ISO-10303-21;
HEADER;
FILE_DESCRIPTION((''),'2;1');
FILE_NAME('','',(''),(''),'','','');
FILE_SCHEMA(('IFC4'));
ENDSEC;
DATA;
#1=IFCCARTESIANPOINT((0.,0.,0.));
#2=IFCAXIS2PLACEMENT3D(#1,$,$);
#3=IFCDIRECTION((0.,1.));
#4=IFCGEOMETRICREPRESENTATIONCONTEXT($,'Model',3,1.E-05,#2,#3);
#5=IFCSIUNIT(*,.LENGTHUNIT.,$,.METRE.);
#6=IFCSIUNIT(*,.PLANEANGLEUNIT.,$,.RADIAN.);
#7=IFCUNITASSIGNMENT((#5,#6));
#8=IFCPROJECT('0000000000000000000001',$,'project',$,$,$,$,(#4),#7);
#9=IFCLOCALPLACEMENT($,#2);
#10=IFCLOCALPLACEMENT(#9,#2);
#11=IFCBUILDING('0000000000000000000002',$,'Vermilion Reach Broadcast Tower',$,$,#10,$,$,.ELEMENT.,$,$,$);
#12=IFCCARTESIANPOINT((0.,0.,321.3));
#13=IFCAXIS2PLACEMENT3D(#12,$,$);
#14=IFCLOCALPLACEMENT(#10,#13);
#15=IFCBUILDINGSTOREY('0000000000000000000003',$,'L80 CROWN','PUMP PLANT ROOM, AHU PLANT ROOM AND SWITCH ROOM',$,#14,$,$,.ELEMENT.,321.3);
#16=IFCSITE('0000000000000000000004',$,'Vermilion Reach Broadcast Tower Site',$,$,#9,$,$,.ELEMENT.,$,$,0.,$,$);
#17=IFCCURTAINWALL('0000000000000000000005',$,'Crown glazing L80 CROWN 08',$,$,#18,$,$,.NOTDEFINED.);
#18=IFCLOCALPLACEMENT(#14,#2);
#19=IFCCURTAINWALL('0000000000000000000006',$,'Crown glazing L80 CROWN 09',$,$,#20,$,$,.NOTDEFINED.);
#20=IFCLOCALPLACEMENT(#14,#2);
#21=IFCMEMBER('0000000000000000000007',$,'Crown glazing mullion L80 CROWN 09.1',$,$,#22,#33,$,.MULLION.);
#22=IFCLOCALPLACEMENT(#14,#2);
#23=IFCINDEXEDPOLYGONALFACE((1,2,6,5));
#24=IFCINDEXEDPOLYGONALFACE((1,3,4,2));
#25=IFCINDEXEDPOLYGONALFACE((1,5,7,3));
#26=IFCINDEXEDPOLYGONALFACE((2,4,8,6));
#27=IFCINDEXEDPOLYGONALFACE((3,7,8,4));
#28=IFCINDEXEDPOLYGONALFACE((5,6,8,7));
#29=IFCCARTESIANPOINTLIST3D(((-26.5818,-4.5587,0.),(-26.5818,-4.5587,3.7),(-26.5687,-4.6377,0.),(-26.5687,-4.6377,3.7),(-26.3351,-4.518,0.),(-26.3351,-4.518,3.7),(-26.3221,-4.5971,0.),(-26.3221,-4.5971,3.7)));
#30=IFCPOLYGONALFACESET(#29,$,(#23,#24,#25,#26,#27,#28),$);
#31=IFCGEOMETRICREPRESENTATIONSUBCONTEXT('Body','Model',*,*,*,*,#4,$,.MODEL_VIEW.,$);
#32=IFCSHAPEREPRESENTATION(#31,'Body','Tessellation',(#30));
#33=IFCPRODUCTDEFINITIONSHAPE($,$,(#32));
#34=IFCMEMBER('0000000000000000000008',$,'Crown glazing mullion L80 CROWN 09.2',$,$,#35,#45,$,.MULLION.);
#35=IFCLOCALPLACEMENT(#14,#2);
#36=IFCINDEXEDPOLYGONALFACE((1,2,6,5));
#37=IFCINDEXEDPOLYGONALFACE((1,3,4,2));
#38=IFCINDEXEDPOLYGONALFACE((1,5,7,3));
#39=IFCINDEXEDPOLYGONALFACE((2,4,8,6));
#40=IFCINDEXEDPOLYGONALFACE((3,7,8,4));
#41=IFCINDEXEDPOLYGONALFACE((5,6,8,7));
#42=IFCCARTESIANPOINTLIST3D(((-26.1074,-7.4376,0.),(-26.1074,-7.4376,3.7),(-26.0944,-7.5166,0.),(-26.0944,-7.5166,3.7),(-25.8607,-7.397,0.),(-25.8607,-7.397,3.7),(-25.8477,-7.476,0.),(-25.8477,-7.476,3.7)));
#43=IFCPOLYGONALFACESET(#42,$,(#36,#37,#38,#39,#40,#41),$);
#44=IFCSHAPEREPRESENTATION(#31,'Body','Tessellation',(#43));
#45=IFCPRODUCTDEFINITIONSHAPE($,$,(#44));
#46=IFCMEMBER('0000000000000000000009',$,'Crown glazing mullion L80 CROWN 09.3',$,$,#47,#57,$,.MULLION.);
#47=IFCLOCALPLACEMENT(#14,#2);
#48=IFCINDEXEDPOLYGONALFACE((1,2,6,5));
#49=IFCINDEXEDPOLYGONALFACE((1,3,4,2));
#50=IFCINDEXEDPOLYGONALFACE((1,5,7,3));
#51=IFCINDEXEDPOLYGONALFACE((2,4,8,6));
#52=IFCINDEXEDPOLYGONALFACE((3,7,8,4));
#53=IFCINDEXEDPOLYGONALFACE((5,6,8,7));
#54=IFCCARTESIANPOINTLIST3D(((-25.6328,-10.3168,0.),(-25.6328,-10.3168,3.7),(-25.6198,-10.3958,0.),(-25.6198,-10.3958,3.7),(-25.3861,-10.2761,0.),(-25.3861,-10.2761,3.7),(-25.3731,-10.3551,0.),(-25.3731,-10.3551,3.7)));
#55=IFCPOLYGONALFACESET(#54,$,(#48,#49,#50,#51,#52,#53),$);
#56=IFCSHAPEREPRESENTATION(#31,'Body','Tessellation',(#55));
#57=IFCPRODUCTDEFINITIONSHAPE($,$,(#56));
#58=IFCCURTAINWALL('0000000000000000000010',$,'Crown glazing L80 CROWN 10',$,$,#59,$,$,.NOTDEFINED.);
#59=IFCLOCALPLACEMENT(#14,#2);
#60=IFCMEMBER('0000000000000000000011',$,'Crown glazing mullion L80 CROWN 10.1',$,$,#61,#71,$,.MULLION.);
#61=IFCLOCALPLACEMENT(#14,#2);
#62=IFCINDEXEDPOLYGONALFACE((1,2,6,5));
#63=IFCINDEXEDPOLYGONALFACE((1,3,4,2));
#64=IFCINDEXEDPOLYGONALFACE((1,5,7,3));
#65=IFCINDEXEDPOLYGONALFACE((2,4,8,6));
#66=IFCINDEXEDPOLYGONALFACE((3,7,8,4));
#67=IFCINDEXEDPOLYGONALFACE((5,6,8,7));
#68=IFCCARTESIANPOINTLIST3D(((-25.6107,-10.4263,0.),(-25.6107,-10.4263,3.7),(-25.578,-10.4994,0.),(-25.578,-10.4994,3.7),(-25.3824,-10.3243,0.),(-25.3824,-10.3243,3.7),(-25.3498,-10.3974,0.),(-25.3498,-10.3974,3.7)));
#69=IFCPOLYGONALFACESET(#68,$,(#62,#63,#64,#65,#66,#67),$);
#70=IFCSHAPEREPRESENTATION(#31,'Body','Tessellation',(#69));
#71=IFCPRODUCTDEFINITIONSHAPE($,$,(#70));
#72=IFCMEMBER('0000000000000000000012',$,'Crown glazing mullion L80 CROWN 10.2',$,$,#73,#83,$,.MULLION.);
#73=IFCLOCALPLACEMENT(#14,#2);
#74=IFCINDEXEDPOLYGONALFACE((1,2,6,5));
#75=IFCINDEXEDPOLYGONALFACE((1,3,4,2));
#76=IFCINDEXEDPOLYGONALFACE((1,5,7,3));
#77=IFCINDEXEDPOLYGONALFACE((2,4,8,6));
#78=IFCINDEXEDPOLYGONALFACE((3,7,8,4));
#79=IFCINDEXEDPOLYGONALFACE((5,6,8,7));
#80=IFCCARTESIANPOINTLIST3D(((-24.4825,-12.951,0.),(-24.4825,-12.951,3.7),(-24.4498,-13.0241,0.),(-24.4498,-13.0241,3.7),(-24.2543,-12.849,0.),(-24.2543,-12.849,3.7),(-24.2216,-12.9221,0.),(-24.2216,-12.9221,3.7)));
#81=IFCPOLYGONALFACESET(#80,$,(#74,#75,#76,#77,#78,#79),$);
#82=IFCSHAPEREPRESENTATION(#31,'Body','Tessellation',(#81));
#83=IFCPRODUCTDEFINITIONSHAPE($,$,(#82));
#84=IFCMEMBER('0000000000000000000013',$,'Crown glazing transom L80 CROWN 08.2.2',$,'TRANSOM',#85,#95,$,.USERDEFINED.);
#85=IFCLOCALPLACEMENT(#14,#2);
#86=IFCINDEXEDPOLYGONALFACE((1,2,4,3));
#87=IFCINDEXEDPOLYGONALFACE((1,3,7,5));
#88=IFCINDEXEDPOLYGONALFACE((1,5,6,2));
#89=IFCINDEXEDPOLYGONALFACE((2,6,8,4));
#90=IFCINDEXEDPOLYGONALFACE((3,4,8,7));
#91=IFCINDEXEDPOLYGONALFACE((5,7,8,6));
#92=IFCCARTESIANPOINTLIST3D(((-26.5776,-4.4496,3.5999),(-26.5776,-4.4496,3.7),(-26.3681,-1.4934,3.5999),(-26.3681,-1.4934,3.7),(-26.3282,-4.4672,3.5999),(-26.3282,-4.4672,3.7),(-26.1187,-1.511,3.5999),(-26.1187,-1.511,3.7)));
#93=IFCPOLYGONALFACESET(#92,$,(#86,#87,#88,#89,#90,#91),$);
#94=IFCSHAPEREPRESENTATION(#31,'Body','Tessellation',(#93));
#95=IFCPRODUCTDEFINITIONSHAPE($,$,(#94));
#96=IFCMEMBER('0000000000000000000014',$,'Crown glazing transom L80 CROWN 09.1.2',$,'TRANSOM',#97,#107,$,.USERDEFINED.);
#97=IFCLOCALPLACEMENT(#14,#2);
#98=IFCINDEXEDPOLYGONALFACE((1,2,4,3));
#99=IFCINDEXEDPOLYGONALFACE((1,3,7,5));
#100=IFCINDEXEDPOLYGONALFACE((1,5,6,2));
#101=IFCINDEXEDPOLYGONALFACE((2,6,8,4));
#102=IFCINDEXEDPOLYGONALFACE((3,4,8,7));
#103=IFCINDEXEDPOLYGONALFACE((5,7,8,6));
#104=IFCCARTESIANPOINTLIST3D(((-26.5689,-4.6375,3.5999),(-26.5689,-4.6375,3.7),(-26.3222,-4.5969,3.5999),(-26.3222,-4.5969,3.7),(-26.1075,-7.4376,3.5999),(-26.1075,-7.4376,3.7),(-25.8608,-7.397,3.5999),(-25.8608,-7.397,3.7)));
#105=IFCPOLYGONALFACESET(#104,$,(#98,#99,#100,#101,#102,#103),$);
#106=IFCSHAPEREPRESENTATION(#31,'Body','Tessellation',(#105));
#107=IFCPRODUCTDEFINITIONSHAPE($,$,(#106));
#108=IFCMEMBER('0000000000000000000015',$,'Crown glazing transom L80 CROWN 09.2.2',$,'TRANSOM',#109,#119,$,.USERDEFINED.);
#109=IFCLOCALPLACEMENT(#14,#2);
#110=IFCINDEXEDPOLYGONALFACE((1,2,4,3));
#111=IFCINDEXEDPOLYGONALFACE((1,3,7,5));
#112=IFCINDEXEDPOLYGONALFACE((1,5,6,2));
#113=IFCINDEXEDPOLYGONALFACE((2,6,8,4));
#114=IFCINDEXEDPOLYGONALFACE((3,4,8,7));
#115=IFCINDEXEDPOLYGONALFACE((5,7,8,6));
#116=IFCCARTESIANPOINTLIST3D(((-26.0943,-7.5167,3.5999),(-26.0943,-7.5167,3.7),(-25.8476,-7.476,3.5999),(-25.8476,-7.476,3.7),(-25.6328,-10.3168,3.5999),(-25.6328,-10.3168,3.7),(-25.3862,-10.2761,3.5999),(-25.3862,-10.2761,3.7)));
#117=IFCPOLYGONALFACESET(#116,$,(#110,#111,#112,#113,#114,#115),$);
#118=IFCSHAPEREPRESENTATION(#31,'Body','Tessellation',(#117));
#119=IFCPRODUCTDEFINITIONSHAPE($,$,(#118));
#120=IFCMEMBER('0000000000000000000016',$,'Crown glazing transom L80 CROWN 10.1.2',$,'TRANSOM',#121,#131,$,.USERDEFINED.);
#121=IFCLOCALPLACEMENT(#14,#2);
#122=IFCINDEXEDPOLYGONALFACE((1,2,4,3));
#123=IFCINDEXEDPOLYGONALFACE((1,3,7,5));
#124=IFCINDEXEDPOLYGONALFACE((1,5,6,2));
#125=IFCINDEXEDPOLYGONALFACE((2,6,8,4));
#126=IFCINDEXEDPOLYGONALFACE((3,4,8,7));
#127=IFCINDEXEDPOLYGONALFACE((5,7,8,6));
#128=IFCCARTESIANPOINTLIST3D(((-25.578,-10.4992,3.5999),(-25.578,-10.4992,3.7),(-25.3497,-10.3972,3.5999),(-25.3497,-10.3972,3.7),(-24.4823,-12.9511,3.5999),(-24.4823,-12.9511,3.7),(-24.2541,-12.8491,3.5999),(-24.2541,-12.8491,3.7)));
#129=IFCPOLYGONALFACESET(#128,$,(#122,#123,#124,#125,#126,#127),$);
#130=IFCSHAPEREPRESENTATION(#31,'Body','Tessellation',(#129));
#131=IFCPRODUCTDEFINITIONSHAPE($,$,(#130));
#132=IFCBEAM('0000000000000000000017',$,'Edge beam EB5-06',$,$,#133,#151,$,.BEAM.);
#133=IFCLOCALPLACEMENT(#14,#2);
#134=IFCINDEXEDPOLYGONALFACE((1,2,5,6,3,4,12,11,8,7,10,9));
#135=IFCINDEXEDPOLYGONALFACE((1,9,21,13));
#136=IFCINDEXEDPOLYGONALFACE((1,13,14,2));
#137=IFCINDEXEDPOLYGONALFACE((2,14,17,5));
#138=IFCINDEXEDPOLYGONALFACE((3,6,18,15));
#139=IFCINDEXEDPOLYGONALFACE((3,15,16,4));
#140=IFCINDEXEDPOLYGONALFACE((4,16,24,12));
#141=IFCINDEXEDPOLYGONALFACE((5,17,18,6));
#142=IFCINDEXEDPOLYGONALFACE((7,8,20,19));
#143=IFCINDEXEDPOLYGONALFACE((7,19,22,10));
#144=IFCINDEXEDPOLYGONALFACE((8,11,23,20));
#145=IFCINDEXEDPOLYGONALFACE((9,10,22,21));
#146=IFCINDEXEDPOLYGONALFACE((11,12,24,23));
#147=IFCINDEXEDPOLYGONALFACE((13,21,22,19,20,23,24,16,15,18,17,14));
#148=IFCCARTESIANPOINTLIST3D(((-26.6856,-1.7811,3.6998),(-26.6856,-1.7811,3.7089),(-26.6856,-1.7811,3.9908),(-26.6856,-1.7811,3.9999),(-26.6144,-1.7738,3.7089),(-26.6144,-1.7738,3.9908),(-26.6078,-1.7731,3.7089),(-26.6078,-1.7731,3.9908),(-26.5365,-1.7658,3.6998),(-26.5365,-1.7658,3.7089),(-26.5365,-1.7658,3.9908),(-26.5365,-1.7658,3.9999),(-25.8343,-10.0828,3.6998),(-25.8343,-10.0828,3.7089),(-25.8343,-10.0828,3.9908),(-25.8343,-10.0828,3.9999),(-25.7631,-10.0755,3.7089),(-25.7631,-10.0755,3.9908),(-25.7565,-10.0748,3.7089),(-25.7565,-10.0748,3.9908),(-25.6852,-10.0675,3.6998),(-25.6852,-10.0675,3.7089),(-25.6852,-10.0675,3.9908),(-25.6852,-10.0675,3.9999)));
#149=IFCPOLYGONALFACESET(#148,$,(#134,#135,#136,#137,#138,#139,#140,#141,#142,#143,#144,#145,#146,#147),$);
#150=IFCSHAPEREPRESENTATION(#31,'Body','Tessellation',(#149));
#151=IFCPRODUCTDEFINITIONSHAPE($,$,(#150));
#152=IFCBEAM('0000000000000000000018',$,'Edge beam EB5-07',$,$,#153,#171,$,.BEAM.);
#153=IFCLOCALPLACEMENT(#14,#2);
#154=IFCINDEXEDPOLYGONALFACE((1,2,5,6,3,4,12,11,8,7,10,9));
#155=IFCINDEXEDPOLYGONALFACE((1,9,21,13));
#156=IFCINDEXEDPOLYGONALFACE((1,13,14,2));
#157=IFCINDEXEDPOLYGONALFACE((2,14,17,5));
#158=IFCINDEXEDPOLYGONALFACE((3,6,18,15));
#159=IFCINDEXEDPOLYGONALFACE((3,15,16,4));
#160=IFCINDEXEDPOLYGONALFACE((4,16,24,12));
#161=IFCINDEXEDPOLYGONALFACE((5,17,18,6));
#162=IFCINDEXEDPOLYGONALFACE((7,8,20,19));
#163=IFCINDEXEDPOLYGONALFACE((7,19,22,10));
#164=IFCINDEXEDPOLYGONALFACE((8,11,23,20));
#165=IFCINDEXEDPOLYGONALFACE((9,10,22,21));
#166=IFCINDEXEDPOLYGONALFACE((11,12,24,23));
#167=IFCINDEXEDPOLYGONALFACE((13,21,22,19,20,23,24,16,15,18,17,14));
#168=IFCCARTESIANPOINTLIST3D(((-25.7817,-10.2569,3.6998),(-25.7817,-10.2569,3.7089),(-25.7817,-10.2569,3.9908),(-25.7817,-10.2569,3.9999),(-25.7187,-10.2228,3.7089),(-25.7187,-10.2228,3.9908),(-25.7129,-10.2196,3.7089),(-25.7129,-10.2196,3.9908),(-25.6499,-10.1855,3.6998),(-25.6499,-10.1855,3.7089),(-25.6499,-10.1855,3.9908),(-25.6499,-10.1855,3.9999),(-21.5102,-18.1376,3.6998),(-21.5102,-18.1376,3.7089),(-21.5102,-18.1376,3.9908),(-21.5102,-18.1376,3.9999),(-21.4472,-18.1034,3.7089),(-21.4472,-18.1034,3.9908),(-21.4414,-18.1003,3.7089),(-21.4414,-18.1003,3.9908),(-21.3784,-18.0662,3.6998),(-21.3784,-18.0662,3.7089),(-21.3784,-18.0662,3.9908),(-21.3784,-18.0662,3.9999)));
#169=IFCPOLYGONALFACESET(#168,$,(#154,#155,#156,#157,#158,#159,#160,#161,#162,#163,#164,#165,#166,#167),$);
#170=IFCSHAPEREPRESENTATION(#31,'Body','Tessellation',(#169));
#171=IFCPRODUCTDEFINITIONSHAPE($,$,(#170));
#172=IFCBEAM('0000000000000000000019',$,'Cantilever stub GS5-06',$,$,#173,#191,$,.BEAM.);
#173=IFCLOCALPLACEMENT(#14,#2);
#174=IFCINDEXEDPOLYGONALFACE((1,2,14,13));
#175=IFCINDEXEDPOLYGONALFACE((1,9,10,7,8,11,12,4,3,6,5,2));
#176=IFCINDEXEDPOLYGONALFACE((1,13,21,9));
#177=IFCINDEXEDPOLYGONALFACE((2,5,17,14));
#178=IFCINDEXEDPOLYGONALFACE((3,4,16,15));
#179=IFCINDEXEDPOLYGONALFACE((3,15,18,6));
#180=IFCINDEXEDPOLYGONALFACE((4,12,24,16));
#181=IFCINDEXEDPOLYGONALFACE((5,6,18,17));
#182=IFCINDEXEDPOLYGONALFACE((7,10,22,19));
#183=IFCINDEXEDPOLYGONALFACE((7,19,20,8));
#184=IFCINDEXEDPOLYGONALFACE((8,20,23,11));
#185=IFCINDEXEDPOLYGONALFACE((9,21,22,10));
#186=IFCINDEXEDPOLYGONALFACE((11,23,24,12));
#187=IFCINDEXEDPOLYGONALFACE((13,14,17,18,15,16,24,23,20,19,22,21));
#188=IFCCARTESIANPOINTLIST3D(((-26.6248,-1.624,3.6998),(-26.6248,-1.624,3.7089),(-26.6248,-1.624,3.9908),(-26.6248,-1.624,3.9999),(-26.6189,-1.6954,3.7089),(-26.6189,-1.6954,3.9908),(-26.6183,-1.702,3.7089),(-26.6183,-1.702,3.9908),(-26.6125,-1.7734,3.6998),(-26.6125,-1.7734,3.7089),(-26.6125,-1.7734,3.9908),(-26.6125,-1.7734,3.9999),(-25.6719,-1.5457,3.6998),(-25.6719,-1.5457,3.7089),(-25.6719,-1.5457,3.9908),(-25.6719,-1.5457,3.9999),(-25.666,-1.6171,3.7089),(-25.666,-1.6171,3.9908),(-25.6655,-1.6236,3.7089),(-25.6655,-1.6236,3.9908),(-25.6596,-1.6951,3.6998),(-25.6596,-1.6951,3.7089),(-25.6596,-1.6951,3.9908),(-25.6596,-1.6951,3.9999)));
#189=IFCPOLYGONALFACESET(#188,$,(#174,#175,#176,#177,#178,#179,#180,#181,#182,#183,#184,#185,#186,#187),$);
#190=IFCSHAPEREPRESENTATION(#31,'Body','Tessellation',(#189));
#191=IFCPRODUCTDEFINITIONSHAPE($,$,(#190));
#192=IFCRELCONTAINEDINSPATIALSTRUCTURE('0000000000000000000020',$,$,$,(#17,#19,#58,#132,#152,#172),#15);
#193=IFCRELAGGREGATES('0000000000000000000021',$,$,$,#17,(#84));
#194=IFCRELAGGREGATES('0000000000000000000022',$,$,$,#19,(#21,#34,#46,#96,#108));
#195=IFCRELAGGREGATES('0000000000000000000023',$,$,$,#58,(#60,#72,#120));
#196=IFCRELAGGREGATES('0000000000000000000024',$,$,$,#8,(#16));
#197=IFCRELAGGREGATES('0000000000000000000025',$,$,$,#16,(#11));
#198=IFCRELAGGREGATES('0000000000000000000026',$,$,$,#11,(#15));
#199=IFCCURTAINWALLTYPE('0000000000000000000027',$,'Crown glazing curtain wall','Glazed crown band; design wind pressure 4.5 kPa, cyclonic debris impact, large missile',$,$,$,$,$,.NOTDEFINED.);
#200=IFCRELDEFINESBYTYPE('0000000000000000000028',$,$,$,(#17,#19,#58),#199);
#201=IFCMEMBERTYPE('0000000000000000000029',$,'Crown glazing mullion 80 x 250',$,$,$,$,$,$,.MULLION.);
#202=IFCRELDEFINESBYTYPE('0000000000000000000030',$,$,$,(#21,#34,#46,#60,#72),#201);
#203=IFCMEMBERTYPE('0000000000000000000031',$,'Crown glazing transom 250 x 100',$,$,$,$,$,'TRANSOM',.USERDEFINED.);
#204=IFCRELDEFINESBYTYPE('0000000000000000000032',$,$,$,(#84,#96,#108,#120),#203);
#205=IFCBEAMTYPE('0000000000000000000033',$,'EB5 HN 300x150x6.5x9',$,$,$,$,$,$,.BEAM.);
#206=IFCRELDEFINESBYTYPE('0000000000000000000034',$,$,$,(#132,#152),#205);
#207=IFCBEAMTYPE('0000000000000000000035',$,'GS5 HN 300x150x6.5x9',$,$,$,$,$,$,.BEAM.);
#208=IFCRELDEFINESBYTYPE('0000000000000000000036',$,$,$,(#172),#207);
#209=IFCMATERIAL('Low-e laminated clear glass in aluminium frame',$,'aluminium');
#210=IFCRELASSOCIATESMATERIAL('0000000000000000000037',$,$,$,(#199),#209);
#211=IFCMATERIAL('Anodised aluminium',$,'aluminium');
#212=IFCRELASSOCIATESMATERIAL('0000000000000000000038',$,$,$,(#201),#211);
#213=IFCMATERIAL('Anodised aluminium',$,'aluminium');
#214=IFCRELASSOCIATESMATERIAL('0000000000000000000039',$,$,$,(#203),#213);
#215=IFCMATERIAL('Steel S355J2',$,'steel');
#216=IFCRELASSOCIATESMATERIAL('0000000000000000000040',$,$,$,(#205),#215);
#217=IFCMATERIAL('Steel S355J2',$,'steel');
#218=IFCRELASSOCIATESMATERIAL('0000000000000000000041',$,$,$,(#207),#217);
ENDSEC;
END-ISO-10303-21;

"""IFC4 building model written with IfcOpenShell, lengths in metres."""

from ifc_helpers import new_model, si_unit, direction, frame, origin, origin_2d, place, context, subcontext, project, spatial, rectangle, i_section, extrude, material, material_profile, profile_set, type_object, element, aggregate, save


model = new_model("IFC4")

# Units and contexts
model_context = context("Model", 3, precision=1e-05, world=origin(), true_north=direction((0.0, 1.0)))
body_context = subcontext(model_context, "Body", "Model", "MODEL_VIEW")
ifc_project = project(units=[si_unit("LENGTHUNIT", "METRE"), si_unit("PLANEANGLEUNIT", "RADIAN")], contexts=[model_context])

# Site, building, storey
site_placement = place(None, origin())
site = spatial("IfcSite", under=ifc_project, at=site_placement, Name="Vermilion Reach Broadcast Tower Site", CompositionType="ELEMENT", RefElevation=0.0)
building_placement = place(site_placement, origin())
building = spatial("IfcBuilding", under=site, at=building_placement, Name="Vermilion Reach Broadcast Tower", CompositionType="ELEMENT")
storey_placement = place(building_placement, frame((0.0, 0.0, 321.3)))
storey = spatial("IfcBuildingStorey", under=building, at=storey_placement, Name="L80 CROWN", Description="PUMP PLANT ROOM, AHU PLANT ROOM AND SWITCH ROOM", CompositionType="ELEMENT", Elevation=321.3)

# Curtain walls, members
ifc_material_1 = material(Name="Low-e laminated clear glass in aluminium frame", Category="aluminium")
curtain_wall_type = type_object("IfcCurtainWallType", Name="Crown glazing curtain wall", Description="Glazed crown band; design wind pressure 4.5 kPa, cyclonic debris impact, large missile", PredefinedType="NOTDEFINED", material=ifc_material_1)
placement = place(storey_placement, origin())
curtain_wall_1 = element("IfcCurtainWall", 1, at=placement, inside=storey, type_object=curtain_wall_type, Name="Crown glazing L80 CROWN 08", PredefinedType="NOTDEFINED")
ifc_material_2 = material(Name="Anodised aluminium", Category="aluminium")
ifc_material_profile_1 = material_profile(ifc_material_2, rectangle(XDim=0.25, YDim=0.0801, at=origin_2d()), Name="Crown glazing mullion 80 x 250")
ifc_profile_set_1 = profile_set([ifc_material_profile_1], Name="Anodised aluminium")
member_type_1 = type_object("IfcMemberType", Name="Crown glazing mullion 80 x 250", PredefinedType="MULLION", material=ifc_profile_set_1)
curtain_wall_2 = element("IfcCurtainWall", 2, at=placement, inside=storey, type_object=curtain_wall_type, Name="Crown glazing L80 CROWN 09", PredefinedType="NOTDEFINED")
member_1_placement = place(storey_placement, frame((-26.4519, -4.5779, 0.0), z_axis=(0.0, 0.0, 1.0), x_axis=(0.986689, 0.162618, 0.0)))
member_1 = element("IfcMember", 3, at=member_1_placement, type_object=member_type_1, Name="Crown glazing mullion L80 CROWN 09.1", PredefinedType="MULLION", context=body_context, shape_type="SweptSolid", body=[
    extrude(rectangle(XDim=0.25, YDim=0.0801, at=origin_2d()), origin(), (0.0, 0.0, 1.0), 3.7),
])
member_2_placement = place(storey_placement, frame((-25.9775, -7.4568, 0.0), z_axis=(0.0, 0.0, 1.0), x_axis=(0.986689, 0.162618, 0.0)))
member_2 = element("IfcMember", 4, at=member_2_placement, type_object=member_type_1, Name="Crown glazing mullion L80 CROWN 09.2", PredefinedType="MULLION", context=body_context, shape_type="SweptSolid", body=[
    extrude(rectangle(XDim=0.25, YDim=0.0801, at=origin_2d()), origin(), (0.0, 0.0, 1.0), 3.7),
])
member_3_placement = place(storey_placement, frame((-25.5029, -10.3359, 0.0), z_axis=(0.0, 0.0, 1.0), x_axis=(0.986689, 0.162618, 0.0)))
member_3 = element("IfcMember", 5, at=member_3_placement, type_object=member_type_1, Name="Crown glazing mullion L80 CROWN 09.3", PredefinedType="MULLION", context=body_context, shape_type="SweptSolid", body=[
    extrude(rectangle(XDim=0.25, YDim=0.0801, at=origin_2d()), origin(), (0.0, 0.0, 1.0), 3.7),
])
curtain_wall_3 = element("IfcCurtainWall", 6, at=placement, inside=storey, type_object=curtain_wall_type, Name="Crown glazing L80 CROWN 10", PredefinedType="NOTDEFINED")
member_4_placement = place(storey_placement, frame((-25.4802, -10.4119, 0.0), z_axis=(0.0, 0.0, 1.0), x_axis=(0.912989, 0.407985, 0.0)))
member_4 = element("IfcMember", 7, at=member_4_placement, type_object=member_type_1, Name="Crown glazing mullion L80 CROWN 10.1", PredefinedType="MULLION", context=body_context, shape_type="SweptSolid", body=[
    extrude(rectangle(XDim=0.25, YDim=0.0801, at=origin_2d()), origin(), (0.0, 0.0, 1.0), 3.7),
])
member_5_placement = place(storey_placement, frame((-24.3521, -12.9365, 0.0), z_axis=(0.0, 0.0, 1.0), x_axis=(0.912989, 0.407985, 0.0)))
member_5 = element("IfcMember", 8, at=member_5_placement, type_object=member_type_1, Name="Crown glazing mullion L80 CROWN 10.2", PredefinedType="MULLION", context=body_context, shape_type="SweptSolid", body=[
    extrude(rectangle(XDim=0.25, YDim=0.0801, at=origin_2d()), origin(), (0.0, 0.0, 1.0), 3.7),
])

# Members
ifc_material_3 = material(Name="Anodised aluminium", Category="aluminium")
ifc_material_profile_2 = material_profile(ifc_material_3, rectangle(XDim=0.25, YDim=0.1001, at=origin_2d()), Name="Crown glazing transom 250 x 100")
ifc_profile_set_2 = profile_set([ifc_material_profile_2], Name="Anodised aluminium")
member_type_2 = type_object("IfcMemberType", Name="Crown glazing transom 250 x 100", ElementType="TRANSOM", PredefinedType="USERDEFINED", material=ifc_profile_set_2)
member_6_placement = place(storey_placement, frame((-26.2434, -1.5022, 3.6499), z_axis=(-0.070679, -0.997499, 0.0), x_axis=(0.997499, -0.070679, 0.0)))
member_6 = element("IfcMember", 9, at=member_6_placement, type_object=member_type_2, Name="Crown glazing transom L80 CROWN 08.2.2", ObjectType="TRANSOM", PredefinedType="USERDEFINED", context=body_context, shape_type="SweptSolid", body=[
    extrude(rectangle(XDim=0.25, YDim=0.1001, at=origin_2d()), origin(), (0.0, 0.0, 1.0), 2.9636),
])
member_7_placement = place(storey_placement, frame((-26.4456, -4.6172, 3.6499), z_axis=(0.162599, -0.986692, 0.0), x_axis=(0.986692, 0.162599, 0.0)))
member_7 = element("IfcMember", 10, at=member_7_placement, type_object=member_type_2, Name="Crown glazing transom L80 CROWN 09.1.2", ObjectType="TRANSOM", PredefinedType="USERDEFINED", context=body_context, shape_type="SweptSolid", body=[
    extrude(rectangle(XDim=0.25, YDim=0.1001, at=origin_2d()), origin(), (0.0, 0.0, 1.0), 2.8379),
])
member_8_placement = place(storey_placement, frame((-25.9709, -7.4963, 3.6499), z_axis=(0.162599, -0.986692, 0.0), x_axis=(0.986692, 0.162599, 0.0)))
member_8 = element("IfcMember", 11, at=member_8_placement, type_object=member_type_2, Name="Crown glazing transom L80 CROWN 09.2.2", ObjectType="TRANSOM", PredefinedType="USERDEFINED", context=body_context, shape_type="SweptSolid", body=[
    extrude(rectangle(XDim=0.25, YDim=0.1001, at=origin_2d()), origin(), (0.0, 0.0, 1.0), 2.8379),
])
member_9_placement = place(storey_placement, frame((-25.4639, -10.4482, 3.6499), z_axis=(0.407993, -0.912985, 0.0), x_axis=(0.912985, 0.407993, 0.0)))
member_9 = element("IfcMember", 12, at=member_9_placement, type_object=member_type_2, Name="Crown glazing transom L80 CROWN 10.1.2", ObjectType="TRANSOM", PredefinedType="USERDEFINED", context=body_context, shape_type="SweptSolid", body=[
    extrude(rectangle(XDim=0.25, YDim=0.1001, at=origin_2d()), origin(), (0.0, 0.0, 1.0), 2.6855),
])

# Beams
ifc_material_4 = material(Name="Steel S355J2", Category="steel")
ifc_material_profile_3 = material_profile(ifc_material_4, i_section(OverallWidth=0.1499, OverallDepth=0.3, WebThickness=0.0066, FlangeThickness=0.009, at=origin_2d()), Name="S355J2 HN 300x150x6.5x9")
ifc_profile_set_3 = profile_set([ifc_material_profile_3], Name="Steel S355J2")
beam_type_1 = type_object("IfcBeamType", Name="EB5 HN 300x150x6.5x9", PredefinedType="BEAM", material=ifc_profile_set_3)
beam_1_placement = place(storey_placement, frame((-26.6111, -1.7734, 3.8499), z_axis=(0.102012, -0.994783, 0.0), x_axis=(0.994783, 0.102012, 0.0)))
element("IfcBeam", 13, at=beam_1_placement, inside=storey, type_object=beam_type_1, Name="Edge beam EB5-06", PredefinedType="BEAM", context=body_context, shape_type="SweptSolid", body=[
    extrude(i_section(OverallWidth=0.1499, OverallDepth=0.3, WebThickness=0.0066, FlangeThickness=0.009, at=origin_2d()), origin(), (0.0, 0.0, 1.0), 8.3452),
])
beam_2_placement = place(storey_placement, frame((-25.7158, -10.2212, 3.8499), z_axis=(0.476526, -0.87916, 0.0), x_axis=(0.87916, 0.476526, 0.0)))
element("IfcBeam", 14, at=beam_2_placement, inside=storey, type_object=beam_type_1, Name="Edge beam EB5-07", PredefinedType="BEAM", context=body_context, shape_type="SweptSolid", body=[
    extrude(i_section(OverallWidth=0.1499, OverallDepth=0.3, WebThickness=0.0066, FlangeThickness=0.009, at=origin_2d()), origin(), (0.0, 0.0, 1.0), 8.9639),
])
ifc_material_5 = material(Name="Steel S355J2", Category="steel")
ifc_material_profile_4 = material_profile(ifc_material_5, i_section(OverallWidth=0.1499, OverallDepth=0.3, WebThickness=0.0066, FlangeThickness=0.009, at=origin_2d()), Name="S355J2 HN 300x150x6.5x9")
ifc_profile_set_4 = profile_set([ifc_material_profile_4], Name="Steel S355J2")
beam_type_2 = type_object("IfcBeamType", Name="GS5 HN 300x150x6.5x9", PredefinedType="BEAM", material=ifc_profile_set_4)
beam_3_placement = place(storey_placement, frame((-25.6658, -1.6204, 3.8499), z_axis=(-0.996635, -0.081968, 0.0), x_axis=(0.081968, -0.996635, 0.0)))
element("IfcBeam", 15, at=beam_3_placement, inside=storey, type_object=beam_type_2, Name="Cantilever stub GS5-06", PredefinedType="BEAM", context=body_context, shape_type="SweptSolid", body=[
    extrude(i_section(OverallWidth=0.1499, OverallDepth=0.3, WebThickness=0.0066, FlangeThickness=0.009, at=origin_2d()), origin(), (0.0, 0.0, 1.0), 0.9561),
])

aggregate(curtain_wall_1, [member_6])
aggregate(curtain_wall_2, [member_1, member_2, member_3, member_7, member_8])
aggregate(curtain_wall_3, [member_4, member_5, member_9])

save(model, "model.ifc")
